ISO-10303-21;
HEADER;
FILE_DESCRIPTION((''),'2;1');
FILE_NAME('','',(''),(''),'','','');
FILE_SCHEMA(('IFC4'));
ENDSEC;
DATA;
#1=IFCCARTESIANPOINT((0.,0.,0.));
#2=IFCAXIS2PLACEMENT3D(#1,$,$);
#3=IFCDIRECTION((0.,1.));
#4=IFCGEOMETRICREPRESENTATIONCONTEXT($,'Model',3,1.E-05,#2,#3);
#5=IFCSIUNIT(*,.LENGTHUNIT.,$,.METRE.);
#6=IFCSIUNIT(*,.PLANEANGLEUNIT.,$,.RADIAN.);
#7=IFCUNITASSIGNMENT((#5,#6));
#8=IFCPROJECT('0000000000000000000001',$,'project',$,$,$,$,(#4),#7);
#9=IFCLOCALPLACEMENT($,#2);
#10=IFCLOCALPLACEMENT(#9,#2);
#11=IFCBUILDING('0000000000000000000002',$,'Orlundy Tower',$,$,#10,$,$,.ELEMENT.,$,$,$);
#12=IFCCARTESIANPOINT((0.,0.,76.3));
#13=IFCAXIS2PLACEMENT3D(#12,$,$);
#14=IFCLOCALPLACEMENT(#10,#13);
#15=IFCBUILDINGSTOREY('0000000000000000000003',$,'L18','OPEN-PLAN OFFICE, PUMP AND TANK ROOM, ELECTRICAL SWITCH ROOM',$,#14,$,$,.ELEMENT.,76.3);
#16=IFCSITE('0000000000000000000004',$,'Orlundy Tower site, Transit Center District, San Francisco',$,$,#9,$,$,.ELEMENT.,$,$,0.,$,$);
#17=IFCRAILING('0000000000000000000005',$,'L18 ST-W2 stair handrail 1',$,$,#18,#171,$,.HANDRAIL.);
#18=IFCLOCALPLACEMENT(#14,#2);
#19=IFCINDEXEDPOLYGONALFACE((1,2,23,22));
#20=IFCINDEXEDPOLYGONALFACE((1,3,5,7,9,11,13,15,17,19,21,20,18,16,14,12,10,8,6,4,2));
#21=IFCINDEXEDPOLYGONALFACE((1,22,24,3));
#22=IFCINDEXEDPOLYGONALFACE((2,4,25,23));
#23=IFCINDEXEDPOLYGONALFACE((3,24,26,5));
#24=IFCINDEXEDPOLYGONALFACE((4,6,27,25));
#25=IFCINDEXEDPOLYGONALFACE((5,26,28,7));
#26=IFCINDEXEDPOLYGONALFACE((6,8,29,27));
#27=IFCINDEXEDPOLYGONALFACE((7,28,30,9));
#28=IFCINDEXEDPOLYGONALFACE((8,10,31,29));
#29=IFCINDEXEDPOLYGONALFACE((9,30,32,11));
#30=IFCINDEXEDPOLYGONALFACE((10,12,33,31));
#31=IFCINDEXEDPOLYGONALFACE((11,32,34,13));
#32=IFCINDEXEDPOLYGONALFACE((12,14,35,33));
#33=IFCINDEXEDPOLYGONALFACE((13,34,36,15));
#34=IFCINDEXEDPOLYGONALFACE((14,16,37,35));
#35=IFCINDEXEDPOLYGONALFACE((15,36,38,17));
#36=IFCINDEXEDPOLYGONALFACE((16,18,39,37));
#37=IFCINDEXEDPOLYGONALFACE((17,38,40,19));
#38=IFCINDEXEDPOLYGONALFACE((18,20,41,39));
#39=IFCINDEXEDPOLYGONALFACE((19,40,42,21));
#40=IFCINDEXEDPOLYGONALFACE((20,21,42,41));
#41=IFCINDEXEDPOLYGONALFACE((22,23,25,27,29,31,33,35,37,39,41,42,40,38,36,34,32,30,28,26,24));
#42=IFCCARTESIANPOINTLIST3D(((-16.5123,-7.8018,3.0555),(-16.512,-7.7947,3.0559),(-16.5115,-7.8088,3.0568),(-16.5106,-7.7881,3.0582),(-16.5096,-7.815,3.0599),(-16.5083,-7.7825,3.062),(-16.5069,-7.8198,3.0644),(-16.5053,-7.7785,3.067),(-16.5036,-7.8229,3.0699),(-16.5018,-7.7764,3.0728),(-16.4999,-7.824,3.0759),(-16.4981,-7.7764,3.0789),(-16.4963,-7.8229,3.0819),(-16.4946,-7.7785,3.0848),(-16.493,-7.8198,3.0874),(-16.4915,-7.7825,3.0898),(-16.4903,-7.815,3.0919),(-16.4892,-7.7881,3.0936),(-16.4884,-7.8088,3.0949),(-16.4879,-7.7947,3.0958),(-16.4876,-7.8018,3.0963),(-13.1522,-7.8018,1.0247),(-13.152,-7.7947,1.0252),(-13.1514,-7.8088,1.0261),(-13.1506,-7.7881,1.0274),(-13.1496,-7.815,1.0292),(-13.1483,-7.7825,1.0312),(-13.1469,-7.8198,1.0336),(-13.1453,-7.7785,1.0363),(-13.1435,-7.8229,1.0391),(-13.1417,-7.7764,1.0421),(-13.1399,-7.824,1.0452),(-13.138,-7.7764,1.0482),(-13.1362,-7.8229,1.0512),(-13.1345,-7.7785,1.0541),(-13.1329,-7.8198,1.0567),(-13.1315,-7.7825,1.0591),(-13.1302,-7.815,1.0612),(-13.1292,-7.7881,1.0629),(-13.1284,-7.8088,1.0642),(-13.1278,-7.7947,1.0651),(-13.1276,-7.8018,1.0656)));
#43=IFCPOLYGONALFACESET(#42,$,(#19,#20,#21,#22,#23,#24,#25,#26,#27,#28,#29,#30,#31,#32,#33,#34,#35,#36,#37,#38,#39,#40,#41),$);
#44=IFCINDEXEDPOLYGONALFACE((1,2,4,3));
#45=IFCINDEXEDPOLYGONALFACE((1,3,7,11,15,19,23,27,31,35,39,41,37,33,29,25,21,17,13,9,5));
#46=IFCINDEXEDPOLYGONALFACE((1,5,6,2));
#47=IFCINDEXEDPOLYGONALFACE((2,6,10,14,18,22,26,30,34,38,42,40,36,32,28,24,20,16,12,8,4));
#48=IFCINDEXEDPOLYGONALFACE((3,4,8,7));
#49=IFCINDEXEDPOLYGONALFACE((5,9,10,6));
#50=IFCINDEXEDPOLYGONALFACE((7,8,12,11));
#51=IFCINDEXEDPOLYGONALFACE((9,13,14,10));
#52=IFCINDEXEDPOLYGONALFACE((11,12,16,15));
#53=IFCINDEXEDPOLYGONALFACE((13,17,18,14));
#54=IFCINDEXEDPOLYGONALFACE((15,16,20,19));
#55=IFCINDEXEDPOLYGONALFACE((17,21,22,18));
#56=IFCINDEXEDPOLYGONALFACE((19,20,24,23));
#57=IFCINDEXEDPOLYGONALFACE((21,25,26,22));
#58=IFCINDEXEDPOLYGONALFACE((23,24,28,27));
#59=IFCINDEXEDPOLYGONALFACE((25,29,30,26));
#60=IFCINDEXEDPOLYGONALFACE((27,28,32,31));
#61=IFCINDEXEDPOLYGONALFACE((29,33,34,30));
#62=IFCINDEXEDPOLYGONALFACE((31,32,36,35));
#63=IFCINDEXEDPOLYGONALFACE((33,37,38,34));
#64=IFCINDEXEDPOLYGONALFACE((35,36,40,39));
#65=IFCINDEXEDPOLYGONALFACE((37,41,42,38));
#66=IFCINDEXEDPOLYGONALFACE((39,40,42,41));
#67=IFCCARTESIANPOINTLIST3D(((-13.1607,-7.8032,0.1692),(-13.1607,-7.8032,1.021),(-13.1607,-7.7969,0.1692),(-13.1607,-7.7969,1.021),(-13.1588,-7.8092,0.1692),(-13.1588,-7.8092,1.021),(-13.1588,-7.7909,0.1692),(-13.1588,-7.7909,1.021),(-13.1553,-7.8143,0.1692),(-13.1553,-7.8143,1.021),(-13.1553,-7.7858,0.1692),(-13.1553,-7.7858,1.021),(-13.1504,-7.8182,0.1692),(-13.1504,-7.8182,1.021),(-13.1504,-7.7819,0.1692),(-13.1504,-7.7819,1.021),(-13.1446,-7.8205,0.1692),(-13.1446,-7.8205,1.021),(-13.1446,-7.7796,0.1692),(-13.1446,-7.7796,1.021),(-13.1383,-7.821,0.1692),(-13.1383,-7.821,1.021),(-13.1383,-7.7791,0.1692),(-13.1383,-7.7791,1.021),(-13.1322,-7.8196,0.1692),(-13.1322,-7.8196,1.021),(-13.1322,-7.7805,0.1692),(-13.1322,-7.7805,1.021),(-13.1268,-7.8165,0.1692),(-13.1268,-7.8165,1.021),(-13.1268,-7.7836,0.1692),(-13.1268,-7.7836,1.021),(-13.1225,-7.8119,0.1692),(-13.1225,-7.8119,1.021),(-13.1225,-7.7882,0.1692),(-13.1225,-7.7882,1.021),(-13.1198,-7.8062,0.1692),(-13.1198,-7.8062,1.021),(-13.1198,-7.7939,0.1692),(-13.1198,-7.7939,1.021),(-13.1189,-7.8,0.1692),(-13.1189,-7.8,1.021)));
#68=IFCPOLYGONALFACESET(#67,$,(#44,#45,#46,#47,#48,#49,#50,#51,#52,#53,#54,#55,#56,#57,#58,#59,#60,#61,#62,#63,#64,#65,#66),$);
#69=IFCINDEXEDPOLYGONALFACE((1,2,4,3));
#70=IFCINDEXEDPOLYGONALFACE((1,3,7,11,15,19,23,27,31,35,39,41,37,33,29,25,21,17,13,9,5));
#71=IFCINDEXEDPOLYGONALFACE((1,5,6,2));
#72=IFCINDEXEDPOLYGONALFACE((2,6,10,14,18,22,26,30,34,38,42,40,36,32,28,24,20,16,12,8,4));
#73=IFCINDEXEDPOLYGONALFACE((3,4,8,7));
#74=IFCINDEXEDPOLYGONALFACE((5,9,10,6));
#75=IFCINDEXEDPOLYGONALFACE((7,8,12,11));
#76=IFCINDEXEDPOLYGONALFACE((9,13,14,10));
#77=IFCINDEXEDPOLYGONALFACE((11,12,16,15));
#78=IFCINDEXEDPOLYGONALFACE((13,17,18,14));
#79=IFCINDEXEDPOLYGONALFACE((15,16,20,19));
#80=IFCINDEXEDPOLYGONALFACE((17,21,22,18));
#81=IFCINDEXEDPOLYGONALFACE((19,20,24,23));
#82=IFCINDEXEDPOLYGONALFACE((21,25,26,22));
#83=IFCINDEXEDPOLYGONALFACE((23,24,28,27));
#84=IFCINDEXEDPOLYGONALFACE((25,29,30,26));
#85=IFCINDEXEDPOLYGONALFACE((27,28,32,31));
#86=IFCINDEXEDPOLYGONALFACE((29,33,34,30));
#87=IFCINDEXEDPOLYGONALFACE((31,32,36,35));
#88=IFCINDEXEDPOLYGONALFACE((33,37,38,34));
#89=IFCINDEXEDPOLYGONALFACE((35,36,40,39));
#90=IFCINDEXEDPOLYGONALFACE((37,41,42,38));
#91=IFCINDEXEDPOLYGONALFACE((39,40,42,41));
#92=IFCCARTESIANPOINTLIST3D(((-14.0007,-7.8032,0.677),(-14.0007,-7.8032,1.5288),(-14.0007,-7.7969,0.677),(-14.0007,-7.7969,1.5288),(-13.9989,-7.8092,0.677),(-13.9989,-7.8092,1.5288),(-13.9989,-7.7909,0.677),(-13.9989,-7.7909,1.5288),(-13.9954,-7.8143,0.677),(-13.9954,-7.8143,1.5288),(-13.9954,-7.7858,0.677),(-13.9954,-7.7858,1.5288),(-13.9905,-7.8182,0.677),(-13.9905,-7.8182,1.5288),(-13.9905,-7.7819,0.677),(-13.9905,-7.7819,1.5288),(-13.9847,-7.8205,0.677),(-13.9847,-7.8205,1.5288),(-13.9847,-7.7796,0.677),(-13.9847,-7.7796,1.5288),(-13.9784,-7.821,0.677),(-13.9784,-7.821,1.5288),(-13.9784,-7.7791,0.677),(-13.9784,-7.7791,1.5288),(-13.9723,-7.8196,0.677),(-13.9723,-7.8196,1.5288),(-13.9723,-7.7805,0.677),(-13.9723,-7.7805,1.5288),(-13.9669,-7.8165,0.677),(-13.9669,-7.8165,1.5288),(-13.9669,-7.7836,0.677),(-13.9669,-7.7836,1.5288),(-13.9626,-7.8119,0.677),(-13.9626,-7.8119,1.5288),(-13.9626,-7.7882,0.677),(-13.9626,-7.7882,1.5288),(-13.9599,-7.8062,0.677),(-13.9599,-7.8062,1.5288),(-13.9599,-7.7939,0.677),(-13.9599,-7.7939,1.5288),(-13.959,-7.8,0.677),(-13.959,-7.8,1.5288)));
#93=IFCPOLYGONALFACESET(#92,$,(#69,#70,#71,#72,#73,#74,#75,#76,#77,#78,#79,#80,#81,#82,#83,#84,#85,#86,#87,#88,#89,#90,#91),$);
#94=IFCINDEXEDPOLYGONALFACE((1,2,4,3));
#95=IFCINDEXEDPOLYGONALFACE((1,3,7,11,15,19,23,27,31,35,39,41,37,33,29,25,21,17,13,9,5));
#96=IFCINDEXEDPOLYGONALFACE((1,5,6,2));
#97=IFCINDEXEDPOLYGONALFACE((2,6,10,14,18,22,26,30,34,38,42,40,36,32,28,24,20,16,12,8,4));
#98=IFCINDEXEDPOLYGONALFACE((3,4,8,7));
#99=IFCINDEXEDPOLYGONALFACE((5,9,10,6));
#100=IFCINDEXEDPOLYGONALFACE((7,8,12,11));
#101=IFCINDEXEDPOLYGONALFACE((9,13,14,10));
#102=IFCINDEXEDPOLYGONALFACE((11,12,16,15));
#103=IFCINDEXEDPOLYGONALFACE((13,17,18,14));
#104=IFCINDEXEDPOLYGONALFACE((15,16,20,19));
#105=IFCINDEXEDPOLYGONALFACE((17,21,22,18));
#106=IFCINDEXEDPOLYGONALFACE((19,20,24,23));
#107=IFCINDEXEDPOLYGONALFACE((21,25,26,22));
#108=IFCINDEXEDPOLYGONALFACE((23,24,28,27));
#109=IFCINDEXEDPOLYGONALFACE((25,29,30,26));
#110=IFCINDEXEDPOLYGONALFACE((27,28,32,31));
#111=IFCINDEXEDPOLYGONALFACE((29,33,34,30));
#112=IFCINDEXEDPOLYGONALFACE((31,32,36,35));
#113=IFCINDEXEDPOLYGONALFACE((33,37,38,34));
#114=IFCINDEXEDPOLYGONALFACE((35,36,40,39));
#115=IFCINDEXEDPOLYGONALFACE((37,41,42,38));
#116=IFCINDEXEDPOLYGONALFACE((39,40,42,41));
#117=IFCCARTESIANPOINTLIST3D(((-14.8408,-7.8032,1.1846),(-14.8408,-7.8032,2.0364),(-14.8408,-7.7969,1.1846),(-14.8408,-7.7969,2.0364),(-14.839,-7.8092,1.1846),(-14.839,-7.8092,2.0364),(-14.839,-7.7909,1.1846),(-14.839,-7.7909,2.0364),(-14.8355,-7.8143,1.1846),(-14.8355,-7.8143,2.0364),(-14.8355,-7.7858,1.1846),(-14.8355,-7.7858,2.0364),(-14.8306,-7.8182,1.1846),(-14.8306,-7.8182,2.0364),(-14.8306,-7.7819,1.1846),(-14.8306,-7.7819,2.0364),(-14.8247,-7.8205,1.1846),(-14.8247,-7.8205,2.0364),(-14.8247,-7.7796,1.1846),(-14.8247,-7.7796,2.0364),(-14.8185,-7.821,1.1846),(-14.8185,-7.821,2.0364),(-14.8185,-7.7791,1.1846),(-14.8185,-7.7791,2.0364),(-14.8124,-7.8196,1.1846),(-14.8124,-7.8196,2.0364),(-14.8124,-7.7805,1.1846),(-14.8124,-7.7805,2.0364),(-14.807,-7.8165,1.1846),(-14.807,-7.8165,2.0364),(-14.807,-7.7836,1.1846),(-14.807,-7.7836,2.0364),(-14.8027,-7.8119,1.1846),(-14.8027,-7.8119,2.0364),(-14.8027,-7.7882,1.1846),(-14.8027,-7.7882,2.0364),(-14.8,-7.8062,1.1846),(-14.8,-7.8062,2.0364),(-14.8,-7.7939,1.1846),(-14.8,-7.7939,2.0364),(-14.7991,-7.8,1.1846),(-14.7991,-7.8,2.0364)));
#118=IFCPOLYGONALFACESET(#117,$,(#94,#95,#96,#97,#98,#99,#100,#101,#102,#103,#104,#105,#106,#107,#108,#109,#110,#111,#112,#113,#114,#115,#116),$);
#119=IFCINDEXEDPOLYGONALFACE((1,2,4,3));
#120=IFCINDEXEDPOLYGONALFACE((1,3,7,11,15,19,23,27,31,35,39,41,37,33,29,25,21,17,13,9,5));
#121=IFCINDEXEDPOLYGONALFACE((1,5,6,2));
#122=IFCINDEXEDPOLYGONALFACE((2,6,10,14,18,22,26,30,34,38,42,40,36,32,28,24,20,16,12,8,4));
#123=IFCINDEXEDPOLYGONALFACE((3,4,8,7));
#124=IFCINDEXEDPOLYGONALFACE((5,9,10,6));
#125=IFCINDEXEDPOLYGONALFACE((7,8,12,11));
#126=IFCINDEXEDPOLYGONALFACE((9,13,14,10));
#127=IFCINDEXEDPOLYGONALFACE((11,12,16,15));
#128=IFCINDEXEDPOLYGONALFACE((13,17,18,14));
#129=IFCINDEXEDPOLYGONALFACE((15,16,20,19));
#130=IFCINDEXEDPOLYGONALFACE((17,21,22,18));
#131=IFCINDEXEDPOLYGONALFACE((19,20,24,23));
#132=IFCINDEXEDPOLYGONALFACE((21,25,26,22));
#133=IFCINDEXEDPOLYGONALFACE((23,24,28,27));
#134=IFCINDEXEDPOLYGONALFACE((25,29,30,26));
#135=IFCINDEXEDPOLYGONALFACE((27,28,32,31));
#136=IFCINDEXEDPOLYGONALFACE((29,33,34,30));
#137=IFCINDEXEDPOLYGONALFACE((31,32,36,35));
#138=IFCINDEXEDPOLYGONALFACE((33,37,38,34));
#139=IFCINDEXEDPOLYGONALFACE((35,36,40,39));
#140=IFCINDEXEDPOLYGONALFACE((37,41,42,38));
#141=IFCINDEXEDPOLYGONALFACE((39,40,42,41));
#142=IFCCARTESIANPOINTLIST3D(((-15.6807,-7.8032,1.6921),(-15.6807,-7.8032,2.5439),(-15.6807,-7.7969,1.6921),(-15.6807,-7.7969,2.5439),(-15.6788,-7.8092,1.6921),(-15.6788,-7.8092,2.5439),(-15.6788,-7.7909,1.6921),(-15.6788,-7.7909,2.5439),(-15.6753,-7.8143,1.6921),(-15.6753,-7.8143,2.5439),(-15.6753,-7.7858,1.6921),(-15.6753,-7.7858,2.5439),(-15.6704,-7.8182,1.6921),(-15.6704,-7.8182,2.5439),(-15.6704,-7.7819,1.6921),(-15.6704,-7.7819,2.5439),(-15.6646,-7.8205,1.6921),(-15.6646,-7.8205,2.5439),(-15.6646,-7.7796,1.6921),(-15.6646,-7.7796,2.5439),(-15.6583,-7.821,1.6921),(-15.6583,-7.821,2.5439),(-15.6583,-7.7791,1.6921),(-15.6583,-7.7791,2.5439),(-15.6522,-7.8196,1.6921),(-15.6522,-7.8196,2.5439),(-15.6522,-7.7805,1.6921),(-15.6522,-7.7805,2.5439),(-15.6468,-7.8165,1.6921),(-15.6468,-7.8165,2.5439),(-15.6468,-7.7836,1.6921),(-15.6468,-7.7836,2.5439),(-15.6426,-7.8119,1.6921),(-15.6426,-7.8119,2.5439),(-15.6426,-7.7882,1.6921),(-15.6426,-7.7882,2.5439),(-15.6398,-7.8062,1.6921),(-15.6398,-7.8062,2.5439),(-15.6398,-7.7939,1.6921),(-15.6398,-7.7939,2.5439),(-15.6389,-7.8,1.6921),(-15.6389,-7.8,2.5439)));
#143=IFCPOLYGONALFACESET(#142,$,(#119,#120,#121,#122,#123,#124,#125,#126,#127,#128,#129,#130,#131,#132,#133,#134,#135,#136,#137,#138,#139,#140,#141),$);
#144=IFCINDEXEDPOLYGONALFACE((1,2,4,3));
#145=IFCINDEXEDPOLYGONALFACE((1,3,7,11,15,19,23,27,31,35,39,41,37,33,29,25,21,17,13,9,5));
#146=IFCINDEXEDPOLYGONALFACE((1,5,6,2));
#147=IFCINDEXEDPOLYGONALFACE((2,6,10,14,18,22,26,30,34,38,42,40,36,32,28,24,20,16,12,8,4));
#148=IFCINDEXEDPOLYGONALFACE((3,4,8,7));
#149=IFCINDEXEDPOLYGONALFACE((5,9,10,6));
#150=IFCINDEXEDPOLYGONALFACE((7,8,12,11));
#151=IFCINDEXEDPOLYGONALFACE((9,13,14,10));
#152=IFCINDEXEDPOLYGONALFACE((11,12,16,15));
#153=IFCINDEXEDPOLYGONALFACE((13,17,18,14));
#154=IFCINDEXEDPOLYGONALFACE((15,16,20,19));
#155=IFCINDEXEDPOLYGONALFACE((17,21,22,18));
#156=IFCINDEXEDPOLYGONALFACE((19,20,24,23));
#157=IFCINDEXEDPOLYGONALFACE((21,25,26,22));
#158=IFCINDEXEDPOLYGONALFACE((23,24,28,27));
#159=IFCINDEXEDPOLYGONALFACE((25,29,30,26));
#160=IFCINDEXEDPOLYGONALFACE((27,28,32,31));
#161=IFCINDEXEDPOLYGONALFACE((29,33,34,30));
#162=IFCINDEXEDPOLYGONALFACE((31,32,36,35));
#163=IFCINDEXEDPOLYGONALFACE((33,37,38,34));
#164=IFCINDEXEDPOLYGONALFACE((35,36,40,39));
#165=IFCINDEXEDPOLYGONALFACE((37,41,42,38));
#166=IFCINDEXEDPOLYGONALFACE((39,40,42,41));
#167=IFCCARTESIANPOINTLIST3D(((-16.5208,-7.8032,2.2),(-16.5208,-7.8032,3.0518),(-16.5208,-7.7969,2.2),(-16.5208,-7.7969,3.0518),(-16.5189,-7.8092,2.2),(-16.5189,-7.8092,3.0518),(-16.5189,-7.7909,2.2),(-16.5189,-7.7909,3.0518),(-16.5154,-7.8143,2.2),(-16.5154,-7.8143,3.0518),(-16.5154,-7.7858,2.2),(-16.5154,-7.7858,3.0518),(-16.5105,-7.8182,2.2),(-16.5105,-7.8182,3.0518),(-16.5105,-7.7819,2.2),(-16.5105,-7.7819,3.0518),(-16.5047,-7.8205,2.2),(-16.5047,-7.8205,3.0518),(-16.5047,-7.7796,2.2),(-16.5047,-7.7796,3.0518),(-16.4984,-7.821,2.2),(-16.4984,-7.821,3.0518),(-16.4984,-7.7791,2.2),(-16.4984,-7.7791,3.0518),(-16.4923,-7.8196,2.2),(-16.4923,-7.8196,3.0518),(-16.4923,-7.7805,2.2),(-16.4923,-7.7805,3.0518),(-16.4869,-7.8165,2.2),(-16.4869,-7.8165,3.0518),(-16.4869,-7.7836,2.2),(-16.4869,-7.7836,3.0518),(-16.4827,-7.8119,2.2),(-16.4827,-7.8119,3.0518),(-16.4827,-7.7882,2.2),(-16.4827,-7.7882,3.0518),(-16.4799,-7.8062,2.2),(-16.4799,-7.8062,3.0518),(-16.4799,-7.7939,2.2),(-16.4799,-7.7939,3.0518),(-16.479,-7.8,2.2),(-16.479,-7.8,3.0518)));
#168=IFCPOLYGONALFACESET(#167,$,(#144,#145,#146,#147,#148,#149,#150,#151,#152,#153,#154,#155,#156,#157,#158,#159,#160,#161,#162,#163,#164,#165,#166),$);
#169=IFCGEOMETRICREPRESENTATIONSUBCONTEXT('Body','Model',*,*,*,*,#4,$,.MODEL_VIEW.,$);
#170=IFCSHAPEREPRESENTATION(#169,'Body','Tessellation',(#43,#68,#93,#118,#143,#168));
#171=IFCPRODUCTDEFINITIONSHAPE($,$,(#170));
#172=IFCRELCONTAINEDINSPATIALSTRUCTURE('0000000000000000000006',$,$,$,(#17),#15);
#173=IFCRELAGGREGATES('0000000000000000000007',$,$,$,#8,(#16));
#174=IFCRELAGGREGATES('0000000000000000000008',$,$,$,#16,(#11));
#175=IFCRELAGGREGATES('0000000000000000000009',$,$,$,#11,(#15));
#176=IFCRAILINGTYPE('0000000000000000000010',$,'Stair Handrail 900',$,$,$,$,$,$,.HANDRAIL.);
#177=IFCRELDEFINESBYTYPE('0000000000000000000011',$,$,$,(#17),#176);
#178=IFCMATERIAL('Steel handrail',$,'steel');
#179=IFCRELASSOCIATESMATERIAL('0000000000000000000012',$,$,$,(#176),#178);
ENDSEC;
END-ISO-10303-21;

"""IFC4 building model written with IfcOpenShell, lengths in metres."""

from ifc_helpers import new_model, si_unit, direction, frame, origin, origin_2d, place, context, subcontext, project, spatial, circle, extrude, material, type_object, element, save


model = new_model("IFC4")

# Units and contexts
model_context = context("Model", 3, precision=1e-05, world=origin(), true_north=direction((0.0, 1.0)))
body_context = subcontext(model_context, "Body", "Model", "MODEL_VIEW")
ifc_project = project(units=[si_unit("LENGTHUNIT", "METRE"), si_unit("PLANEANGLEUNIT", "RADIAN")], contexts=[model_context])

# Site, building, storey
site_placement = place(None, origin())
site = spatial("IfcSite", under=ifc_project, at=site_placement, Name="Orlundy Tower site, Transit Center District, San Francisco", CompositionType="ELEMENT", RefElevation=0.0)
building_placement = place(site_placement, origin())
building = spatial("IfcBuilding", under=site, at=building_placement, Name="Orlundy Tower", CompositionType="ELEMENT")
storey_placement = place(building_placement, frame((0.0, 0.0, 76.3)))
storey = spatial("IfcBuildingStorey", under=building, at=storey_placement, Name="L18", Description="OPEN-PLAN OFFICE, PUMP AND TANK ROOM, ELECTRICAL SWITCH ROOM", CompositionType="ELEMENT", Elevation=76.3)

# Railing
ifc_material_1 = material(Name="Steel handrail", Category="steel")
railing_type_1 = type_object("IfcRailingType", Name="Stair Handrail 900", PredefinedType="HANDRAIL", material=ifc_material_1)
railing_1_placement = place(storey_placement, frame((-13.1399, -7.8, 0.1692)))
element("IfcRailing", 1, at=railing_1_placement, inside=storey, type_object=railing_type_1, Name="L18 ST-W2 stair handrail 1", PredefinedType="HANDRAIL", context=body_context, shape_type="SweptSolid", body=[
    extrude(circle(Radius=0.0239, at=origin_2d()), frame((0.0, 0.0, 0.876), z_axis=(-0.855837, 0.0, 0.517246), x_axis=(0.0, -1.0, 0.0)), (0.0, 0.0, 1.0), 3.926),
    extrude(circle(Radius=0.021, at=origin_2d()), origin(), (0.0, 0.0, 1.0), 0.8518),
    extrude(circle(Radius=0.021, at=origin_2d()), frame((-0.8401, 0.0, 0.5078)), (0.0, 0.0, 1.0), 0.8518),
    extrude(circle(Radius=0.021, at=origin_2d()), frame((-1.6802, 0.0, 1.0154)), (0.0, 0.0, 1.0), 0.8518),
    extrude(circle(Radius=0.021, at=origin_2d()), frame((-2.52, 0.0, 1.5229)), (0.0, 0.0, 1.0), 0.8518),
    extrude(circle(Radius=0.021, at=origin_2d()), frame((-3.3601, 0.0, 2.0308)), (0.0, 0.0, 1.0), 0.8518),
])

save(model, "model.ifc")
